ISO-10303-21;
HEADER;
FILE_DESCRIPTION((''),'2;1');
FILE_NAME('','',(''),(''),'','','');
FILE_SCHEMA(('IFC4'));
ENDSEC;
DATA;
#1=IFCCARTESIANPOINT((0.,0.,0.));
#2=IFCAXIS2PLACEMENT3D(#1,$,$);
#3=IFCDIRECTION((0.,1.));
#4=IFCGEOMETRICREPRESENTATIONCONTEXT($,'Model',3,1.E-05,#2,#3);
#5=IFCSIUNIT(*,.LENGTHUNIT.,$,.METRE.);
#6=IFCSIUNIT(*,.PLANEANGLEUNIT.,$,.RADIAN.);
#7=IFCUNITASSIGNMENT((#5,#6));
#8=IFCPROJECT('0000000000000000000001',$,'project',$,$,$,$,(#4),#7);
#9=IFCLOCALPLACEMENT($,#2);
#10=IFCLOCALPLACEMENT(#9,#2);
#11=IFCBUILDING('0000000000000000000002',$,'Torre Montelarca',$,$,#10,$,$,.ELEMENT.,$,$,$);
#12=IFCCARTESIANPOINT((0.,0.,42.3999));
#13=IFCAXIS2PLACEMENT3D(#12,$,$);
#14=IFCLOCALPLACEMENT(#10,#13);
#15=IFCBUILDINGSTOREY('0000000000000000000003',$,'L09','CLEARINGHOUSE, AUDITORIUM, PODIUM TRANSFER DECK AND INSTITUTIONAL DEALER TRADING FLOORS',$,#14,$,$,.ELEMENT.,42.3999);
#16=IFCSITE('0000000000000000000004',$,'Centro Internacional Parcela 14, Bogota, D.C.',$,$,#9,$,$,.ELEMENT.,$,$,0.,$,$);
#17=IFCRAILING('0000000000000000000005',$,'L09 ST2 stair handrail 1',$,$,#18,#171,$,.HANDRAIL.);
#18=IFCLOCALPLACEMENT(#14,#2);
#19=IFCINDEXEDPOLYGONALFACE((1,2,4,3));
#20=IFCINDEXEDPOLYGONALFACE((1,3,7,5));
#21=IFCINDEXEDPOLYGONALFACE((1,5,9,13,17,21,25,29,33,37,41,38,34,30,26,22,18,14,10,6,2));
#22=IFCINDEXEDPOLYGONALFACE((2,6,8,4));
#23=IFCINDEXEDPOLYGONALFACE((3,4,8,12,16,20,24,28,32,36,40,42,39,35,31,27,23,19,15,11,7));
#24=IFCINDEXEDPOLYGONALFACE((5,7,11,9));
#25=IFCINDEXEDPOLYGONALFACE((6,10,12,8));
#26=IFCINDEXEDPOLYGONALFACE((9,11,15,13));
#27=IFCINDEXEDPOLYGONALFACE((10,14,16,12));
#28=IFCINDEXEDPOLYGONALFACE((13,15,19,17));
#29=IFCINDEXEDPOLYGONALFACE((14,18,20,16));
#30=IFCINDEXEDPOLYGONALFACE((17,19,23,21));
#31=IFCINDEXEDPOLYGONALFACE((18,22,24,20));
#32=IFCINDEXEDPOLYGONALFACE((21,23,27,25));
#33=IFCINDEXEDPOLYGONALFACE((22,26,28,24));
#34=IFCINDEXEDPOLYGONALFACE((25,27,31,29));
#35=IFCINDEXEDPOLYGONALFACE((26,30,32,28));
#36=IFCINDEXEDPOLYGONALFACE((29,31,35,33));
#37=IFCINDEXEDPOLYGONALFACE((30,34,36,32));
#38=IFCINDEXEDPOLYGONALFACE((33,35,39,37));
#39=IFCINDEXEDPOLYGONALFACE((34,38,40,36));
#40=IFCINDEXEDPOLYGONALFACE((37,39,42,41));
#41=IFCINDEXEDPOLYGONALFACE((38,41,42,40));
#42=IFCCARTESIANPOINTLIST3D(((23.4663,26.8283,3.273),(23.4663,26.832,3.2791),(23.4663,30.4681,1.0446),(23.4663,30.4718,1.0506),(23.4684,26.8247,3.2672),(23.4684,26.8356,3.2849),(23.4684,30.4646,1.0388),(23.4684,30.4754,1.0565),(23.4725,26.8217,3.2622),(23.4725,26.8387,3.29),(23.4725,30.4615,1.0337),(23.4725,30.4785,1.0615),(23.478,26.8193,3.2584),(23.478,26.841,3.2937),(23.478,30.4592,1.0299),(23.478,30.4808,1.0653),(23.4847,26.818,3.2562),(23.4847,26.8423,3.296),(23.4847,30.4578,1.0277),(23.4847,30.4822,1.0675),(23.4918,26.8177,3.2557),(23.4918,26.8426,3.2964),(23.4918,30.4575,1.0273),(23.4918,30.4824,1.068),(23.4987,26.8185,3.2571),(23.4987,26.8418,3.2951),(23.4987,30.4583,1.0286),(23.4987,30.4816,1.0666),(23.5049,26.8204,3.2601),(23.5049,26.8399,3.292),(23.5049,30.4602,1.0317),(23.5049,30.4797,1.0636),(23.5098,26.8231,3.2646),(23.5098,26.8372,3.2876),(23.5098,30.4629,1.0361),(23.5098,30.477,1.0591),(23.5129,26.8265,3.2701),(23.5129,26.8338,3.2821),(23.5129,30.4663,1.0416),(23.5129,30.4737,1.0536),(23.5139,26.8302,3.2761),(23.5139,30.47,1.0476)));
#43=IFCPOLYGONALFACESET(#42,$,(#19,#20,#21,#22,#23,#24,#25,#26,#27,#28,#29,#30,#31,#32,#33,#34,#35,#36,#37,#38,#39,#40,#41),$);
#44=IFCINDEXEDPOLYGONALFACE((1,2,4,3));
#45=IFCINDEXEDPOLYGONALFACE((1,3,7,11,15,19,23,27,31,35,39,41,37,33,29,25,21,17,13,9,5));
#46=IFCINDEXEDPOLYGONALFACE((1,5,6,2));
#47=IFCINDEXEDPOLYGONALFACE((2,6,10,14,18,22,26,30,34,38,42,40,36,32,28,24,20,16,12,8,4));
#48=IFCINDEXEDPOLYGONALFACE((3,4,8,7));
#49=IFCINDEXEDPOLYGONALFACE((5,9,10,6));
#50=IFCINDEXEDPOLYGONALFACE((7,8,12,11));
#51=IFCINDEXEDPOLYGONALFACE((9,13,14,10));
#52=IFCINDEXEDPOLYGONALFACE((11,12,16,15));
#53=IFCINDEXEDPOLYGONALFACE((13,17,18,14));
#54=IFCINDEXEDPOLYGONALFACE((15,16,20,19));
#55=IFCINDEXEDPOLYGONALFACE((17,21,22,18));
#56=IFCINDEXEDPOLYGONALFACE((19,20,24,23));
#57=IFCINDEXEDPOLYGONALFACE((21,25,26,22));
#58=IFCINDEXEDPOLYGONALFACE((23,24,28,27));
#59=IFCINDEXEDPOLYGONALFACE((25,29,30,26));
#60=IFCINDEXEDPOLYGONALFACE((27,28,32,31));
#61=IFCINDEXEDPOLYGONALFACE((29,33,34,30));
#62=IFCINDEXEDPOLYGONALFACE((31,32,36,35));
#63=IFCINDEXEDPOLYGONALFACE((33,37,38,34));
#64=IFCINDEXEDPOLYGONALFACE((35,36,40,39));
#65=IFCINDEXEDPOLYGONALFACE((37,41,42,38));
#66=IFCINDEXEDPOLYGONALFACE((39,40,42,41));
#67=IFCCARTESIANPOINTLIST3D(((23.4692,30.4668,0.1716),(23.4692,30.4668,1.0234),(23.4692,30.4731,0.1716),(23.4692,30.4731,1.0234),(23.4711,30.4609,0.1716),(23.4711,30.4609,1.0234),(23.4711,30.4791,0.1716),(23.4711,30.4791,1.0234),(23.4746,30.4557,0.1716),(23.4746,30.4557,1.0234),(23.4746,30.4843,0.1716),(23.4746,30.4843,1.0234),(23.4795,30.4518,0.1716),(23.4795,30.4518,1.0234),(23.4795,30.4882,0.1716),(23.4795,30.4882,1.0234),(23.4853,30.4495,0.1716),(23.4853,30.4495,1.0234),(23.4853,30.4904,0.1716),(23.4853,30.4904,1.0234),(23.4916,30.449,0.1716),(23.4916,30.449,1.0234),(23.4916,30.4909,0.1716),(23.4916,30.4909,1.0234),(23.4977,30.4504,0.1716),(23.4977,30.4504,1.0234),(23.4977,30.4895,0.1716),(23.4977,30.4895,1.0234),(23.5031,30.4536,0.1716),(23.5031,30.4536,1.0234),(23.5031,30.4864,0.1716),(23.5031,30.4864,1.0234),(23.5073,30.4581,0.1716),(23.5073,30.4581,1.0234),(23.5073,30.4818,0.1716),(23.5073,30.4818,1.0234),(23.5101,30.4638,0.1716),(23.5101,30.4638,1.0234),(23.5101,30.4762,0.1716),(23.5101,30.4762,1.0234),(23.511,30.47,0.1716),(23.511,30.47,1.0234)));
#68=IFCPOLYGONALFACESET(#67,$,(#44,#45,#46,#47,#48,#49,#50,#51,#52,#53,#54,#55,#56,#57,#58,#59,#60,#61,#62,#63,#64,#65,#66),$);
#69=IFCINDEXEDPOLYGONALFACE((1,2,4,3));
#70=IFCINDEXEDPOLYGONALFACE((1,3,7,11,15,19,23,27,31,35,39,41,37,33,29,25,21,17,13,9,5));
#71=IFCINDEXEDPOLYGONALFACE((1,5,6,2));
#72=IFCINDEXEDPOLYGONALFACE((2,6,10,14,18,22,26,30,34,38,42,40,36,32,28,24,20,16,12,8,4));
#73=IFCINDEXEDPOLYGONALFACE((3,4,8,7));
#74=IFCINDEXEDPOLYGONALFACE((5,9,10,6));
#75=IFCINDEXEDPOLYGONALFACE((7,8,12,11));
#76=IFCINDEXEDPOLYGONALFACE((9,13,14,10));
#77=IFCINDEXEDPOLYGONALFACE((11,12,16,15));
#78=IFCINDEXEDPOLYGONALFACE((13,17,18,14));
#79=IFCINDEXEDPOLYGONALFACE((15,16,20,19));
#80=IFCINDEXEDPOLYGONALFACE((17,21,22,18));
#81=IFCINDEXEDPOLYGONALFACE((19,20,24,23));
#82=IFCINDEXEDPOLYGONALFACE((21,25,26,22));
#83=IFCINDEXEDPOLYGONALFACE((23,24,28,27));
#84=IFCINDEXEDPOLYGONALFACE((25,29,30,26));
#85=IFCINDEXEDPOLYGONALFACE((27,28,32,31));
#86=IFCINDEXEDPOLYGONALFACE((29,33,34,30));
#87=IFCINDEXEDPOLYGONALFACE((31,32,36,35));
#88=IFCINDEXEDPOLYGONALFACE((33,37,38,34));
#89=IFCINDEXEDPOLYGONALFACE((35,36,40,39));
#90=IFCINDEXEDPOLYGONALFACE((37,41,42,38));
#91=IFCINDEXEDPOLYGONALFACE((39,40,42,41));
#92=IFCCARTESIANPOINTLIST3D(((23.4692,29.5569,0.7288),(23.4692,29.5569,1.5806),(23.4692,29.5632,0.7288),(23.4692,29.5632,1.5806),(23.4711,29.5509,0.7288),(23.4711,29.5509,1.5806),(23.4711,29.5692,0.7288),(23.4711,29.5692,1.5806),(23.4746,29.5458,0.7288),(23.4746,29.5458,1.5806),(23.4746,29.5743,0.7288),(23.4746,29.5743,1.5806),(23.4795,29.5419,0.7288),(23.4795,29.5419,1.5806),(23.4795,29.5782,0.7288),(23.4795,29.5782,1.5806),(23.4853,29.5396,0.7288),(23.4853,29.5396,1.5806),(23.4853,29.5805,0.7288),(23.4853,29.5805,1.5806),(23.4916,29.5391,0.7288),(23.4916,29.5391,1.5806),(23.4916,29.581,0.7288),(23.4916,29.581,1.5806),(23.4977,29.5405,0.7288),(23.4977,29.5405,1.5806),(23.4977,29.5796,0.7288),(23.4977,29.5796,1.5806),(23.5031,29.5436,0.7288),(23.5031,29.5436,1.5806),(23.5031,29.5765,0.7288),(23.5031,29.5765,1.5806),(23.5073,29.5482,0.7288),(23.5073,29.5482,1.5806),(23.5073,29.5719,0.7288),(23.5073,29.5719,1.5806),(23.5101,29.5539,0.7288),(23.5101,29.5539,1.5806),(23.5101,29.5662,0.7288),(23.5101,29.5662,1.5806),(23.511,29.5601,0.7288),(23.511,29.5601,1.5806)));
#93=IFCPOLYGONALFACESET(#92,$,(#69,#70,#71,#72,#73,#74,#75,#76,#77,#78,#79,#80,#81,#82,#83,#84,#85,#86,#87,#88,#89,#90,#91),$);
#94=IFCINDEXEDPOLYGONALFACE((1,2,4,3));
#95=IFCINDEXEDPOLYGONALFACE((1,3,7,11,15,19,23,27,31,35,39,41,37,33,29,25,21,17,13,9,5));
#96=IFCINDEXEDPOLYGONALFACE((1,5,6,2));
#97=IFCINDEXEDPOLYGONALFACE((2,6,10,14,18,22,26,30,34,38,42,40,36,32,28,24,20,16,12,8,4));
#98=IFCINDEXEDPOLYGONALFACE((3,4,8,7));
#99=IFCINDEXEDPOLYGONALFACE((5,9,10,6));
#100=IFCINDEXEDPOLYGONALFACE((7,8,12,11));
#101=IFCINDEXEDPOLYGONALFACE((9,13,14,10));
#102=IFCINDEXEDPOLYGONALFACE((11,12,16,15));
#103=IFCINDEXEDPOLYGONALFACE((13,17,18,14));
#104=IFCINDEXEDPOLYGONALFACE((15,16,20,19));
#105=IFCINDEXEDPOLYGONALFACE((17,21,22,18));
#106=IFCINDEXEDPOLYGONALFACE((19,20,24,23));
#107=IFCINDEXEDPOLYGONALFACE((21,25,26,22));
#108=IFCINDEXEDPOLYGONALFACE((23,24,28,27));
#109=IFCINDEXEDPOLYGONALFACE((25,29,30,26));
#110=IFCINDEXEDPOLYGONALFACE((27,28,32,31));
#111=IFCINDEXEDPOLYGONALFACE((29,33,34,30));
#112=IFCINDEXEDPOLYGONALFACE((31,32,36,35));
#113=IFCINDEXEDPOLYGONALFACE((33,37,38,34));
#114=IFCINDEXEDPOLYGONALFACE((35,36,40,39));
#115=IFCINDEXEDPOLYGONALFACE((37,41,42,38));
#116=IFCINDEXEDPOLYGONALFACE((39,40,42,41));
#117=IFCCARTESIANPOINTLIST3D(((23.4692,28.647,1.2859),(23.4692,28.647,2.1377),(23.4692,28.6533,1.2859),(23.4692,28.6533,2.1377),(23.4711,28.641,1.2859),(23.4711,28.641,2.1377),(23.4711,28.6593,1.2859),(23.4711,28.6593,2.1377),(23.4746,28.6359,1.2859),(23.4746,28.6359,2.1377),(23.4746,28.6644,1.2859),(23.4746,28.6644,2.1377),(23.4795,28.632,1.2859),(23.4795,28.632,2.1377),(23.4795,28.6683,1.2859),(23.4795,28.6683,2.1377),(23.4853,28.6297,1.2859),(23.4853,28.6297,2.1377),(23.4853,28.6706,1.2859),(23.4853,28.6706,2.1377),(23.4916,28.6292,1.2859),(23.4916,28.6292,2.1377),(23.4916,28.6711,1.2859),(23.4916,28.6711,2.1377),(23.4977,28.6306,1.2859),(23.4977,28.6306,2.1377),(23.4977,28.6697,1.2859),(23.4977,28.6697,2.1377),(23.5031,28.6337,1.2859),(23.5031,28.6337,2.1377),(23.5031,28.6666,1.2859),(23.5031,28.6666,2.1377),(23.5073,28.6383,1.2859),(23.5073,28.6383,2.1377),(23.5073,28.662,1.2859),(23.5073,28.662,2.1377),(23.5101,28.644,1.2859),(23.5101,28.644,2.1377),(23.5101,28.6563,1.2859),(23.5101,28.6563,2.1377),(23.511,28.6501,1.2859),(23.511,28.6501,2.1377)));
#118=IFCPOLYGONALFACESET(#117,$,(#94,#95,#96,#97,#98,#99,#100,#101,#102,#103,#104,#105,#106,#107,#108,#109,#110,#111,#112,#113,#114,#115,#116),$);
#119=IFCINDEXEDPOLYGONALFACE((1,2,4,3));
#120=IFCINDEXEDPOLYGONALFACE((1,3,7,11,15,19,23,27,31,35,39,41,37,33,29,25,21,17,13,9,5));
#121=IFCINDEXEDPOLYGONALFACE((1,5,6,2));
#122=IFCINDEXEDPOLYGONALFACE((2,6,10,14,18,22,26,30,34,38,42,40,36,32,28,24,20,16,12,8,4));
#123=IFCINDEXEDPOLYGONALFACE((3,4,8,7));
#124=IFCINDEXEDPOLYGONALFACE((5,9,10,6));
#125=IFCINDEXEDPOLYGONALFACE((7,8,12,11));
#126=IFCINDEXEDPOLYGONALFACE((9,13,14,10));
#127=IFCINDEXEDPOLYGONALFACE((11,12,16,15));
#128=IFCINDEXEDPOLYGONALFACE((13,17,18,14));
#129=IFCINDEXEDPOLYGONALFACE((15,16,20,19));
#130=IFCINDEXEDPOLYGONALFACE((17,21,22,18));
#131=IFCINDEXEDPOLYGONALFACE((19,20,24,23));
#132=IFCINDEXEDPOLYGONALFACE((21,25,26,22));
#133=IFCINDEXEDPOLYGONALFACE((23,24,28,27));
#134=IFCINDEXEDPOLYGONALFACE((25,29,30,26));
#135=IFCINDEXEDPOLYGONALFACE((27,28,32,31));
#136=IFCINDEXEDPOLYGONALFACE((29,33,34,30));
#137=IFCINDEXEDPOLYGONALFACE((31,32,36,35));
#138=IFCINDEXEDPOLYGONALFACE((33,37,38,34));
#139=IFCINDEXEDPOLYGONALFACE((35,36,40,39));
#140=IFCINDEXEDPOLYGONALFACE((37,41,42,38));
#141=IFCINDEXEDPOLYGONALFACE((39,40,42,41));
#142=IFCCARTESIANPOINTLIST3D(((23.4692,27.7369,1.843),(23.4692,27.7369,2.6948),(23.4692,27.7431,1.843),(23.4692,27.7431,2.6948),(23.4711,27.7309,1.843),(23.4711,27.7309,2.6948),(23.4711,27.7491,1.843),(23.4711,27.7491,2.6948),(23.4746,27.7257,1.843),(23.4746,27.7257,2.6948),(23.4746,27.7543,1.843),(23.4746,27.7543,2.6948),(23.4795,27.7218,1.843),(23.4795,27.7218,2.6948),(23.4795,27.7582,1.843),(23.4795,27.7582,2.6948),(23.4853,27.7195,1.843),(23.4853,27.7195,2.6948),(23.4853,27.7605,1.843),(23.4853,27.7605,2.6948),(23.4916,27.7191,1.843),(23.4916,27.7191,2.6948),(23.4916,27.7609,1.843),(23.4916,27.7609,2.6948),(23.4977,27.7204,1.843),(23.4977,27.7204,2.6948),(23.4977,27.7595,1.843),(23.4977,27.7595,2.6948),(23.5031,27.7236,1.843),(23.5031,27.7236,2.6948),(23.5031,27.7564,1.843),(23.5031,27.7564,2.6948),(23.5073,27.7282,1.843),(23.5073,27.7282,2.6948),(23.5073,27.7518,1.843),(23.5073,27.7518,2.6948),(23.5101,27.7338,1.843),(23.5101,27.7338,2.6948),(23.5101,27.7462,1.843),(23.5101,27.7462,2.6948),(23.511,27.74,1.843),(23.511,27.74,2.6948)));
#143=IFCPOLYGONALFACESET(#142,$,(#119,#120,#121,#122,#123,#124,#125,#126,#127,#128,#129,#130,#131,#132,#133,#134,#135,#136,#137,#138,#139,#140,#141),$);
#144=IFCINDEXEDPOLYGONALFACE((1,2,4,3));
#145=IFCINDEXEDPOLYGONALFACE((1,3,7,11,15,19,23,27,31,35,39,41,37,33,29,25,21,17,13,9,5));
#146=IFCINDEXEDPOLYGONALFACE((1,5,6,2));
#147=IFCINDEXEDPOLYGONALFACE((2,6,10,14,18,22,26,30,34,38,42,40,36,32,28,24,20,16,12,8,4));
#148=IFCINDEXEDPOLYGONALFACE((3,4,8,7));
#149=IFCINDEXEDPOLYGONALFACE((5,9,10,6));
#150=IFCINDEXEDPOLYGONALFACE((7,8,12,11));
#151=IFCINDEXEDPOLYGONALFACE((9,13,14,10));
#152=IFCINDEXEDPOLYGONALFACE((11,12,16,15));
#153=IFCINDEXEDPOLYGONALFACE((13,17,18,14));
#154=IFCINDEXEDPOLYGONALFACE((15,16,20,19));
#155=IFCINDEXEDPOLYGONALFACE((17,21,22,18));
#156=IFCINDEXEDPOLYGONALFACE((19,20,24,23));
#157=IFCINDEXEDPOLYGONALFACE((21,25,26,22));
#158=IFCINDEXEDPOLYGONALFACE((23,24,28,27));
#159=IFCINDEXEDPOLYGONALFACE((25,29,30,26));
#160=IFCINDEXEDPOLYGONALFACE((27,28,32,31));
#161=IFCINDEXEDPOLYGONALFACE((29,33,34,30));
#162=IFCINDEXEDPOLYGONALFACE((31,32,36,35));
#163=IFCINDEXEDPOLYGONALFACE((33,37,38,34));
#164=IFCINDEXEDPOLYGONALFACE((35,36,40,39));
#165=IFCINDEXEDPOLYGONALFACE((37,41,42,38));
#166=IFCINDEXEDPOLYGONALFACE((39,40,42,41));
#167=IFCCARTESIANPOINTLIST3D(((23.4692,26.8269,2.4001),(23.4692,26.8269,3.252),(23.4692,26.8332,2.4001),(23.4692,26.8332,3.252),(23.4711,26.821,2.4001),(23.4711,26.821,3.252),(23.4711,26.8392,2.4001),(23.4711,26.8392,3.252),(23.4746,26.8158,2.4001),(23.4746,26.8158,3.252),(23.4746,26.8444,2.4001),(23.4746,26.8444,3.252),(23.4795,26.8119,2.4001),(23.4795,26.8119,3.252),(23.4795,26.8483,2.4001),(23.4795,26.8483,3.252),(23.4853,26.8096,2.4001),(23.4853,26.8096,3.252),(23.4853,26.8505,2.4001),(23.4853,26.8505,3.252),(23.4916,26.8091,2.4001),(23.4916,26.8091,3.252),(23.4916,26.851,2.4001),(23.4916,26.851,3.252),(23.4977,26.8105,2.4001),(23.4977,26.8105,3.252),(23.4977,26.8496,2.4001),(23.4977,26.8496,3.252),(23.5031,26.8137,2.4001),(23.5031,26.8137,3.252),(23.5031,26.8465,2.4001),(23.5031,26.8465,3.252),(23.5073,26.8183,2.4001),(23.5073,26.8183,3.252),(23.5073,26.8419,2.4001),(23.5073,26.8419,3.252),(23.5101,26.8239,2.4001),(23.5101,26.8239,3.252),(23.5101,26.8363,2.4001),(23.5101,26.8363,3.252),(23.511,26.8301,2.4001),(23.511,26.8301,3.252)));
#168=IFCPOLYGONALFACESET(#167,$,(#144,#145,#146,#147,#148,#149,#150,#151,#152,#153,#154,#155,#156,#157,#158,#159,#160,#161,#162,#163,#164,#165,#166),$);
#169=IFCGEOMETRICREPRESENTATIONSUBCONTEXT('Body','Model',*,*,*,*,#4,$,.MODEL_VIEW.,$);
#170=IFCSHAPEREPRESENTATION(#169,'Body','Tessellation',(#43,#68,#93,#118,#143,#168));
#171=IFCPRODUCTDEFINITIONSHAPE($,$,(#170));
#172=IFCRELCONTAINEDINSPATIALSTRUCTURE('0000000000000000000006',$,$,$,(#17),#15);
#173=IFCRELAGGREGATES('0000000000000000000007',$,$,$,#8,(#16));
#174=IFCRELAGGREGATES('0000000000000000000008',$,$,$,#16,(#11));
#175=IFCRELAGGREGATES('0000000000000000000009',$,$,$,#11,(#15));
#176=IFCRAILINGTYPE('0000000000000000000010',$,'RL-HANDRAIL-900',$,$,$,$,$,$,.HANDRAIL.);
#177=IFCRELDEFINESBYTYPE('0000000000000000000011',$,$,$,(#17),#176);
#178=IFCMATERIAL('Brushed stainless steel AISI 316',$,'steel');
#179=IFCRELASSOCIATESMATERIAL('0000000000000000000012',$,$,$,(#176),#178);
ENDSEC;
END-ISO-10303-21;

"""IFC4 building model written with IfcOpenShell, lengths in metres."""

from ifc_helpers import new_model, si_unit, direction, frame, origin, origin_2d, place, context, subcontext, project, spatial, circle, extrude, material, type_object, element, save


model = new_model("IFC4")

# Units and contexts
model_context = context("Model", 3, precision=1e-05, world=origin(), true_north=direction((0.0, 1.0)))
body_context = subcontext(model_context, "Body", "Model", "MODEL_VIEW")
ifc_project = project(units=[si_unit("LENGTHUNIT", "METRE"), si_unit("PLANEANGLEUNIT", "RADIAN")], contexts=[model_context])

# Site, building, storey
site_placement = place(None, origin())
site = spatial("IfcSite", under=ifc_project, at=site_placement, Name="Centro Internacional Parcela 14, Bogota, D.C.", CompositionType="ELEMENT", RefElevation=0.0)
building_placement = place(site_placement, origin())
building = spatial("IfcBuilding", under=site, at=building_placement, Name="Torre Montelarca", CompositionType="ELEMENT")
storey_placement = place(building_placement, frame((0.0, 0.0, 42.3999)))
storey = spatial("IfcBuildingStorey", under=building, at=storey_placement, Name="L09", Description="CLEARINGHOUSE, AUDITORIUM, PODIUM TRANSFER DECK AND INSTITUTIONAL DEALER TRADING FLOORS", CompositionType="ELEMENT", Elevation=42.3999)

# Shared definitions
ifc_material_1 = material(Name="Brushed stainless steel AISI 316", Category="steel")

# Railing
railing_type_1 = type_object("IfcRailingType", Name="RL-HANDRAIL-900", PredefinedType="HANDRAIL", material=ifc_material_1)
railing_1_placement = place(storey_placement, frame((23.49, 30.47, 0.1716)))
element("IfcRailing", 1, at=railing_1_placement, inside=storey, type_object=railing_type_1, Name="L09 ST2 stair handrail 1", PredefinedType="HANDRAIL", context=body_context, shape_type="SweptSolid", body=[
    extrude(circle(Radius=0.0239, at=origin_2d()), frame((0.0, 0.0, 0.876), z_axis=(0.0, -0.85285, 0.522156), x_axis=(1.0, 0.0, 0.0)), (0.0, 0.0, 1.0), 4.2678),
    extrude(circle(Radius=0.021, at=origin_2d()), origin(), (0.0, 0.0, 1.0), 0.8518),
    extrude(circle(Radius=0.021, at=origin_2d()), frame((0.0, -0.9099, 0.5571)), (0.0, 0.0, 1.0), 0.8518),
    extrude(circle(Radius=0.021, at=origin_2d()), frame((0.0, -1.8198, 1.1143)), (0.0, 0.0, 1.0), 0.8518),
    extrude(circle(Radius=0.021, at=origin_2d()), frame((0.0, -2.73, 1.6714)), (0.0, 0.0, 1.0), 0.8518),
    extrude(circle(Radius=0.021, at=origin_2d()), frame((0.0, -3.6399, 2.2285)), (0.0, 0.0, 1.0), 0.8518),
])

save(model, "model.ifc")
